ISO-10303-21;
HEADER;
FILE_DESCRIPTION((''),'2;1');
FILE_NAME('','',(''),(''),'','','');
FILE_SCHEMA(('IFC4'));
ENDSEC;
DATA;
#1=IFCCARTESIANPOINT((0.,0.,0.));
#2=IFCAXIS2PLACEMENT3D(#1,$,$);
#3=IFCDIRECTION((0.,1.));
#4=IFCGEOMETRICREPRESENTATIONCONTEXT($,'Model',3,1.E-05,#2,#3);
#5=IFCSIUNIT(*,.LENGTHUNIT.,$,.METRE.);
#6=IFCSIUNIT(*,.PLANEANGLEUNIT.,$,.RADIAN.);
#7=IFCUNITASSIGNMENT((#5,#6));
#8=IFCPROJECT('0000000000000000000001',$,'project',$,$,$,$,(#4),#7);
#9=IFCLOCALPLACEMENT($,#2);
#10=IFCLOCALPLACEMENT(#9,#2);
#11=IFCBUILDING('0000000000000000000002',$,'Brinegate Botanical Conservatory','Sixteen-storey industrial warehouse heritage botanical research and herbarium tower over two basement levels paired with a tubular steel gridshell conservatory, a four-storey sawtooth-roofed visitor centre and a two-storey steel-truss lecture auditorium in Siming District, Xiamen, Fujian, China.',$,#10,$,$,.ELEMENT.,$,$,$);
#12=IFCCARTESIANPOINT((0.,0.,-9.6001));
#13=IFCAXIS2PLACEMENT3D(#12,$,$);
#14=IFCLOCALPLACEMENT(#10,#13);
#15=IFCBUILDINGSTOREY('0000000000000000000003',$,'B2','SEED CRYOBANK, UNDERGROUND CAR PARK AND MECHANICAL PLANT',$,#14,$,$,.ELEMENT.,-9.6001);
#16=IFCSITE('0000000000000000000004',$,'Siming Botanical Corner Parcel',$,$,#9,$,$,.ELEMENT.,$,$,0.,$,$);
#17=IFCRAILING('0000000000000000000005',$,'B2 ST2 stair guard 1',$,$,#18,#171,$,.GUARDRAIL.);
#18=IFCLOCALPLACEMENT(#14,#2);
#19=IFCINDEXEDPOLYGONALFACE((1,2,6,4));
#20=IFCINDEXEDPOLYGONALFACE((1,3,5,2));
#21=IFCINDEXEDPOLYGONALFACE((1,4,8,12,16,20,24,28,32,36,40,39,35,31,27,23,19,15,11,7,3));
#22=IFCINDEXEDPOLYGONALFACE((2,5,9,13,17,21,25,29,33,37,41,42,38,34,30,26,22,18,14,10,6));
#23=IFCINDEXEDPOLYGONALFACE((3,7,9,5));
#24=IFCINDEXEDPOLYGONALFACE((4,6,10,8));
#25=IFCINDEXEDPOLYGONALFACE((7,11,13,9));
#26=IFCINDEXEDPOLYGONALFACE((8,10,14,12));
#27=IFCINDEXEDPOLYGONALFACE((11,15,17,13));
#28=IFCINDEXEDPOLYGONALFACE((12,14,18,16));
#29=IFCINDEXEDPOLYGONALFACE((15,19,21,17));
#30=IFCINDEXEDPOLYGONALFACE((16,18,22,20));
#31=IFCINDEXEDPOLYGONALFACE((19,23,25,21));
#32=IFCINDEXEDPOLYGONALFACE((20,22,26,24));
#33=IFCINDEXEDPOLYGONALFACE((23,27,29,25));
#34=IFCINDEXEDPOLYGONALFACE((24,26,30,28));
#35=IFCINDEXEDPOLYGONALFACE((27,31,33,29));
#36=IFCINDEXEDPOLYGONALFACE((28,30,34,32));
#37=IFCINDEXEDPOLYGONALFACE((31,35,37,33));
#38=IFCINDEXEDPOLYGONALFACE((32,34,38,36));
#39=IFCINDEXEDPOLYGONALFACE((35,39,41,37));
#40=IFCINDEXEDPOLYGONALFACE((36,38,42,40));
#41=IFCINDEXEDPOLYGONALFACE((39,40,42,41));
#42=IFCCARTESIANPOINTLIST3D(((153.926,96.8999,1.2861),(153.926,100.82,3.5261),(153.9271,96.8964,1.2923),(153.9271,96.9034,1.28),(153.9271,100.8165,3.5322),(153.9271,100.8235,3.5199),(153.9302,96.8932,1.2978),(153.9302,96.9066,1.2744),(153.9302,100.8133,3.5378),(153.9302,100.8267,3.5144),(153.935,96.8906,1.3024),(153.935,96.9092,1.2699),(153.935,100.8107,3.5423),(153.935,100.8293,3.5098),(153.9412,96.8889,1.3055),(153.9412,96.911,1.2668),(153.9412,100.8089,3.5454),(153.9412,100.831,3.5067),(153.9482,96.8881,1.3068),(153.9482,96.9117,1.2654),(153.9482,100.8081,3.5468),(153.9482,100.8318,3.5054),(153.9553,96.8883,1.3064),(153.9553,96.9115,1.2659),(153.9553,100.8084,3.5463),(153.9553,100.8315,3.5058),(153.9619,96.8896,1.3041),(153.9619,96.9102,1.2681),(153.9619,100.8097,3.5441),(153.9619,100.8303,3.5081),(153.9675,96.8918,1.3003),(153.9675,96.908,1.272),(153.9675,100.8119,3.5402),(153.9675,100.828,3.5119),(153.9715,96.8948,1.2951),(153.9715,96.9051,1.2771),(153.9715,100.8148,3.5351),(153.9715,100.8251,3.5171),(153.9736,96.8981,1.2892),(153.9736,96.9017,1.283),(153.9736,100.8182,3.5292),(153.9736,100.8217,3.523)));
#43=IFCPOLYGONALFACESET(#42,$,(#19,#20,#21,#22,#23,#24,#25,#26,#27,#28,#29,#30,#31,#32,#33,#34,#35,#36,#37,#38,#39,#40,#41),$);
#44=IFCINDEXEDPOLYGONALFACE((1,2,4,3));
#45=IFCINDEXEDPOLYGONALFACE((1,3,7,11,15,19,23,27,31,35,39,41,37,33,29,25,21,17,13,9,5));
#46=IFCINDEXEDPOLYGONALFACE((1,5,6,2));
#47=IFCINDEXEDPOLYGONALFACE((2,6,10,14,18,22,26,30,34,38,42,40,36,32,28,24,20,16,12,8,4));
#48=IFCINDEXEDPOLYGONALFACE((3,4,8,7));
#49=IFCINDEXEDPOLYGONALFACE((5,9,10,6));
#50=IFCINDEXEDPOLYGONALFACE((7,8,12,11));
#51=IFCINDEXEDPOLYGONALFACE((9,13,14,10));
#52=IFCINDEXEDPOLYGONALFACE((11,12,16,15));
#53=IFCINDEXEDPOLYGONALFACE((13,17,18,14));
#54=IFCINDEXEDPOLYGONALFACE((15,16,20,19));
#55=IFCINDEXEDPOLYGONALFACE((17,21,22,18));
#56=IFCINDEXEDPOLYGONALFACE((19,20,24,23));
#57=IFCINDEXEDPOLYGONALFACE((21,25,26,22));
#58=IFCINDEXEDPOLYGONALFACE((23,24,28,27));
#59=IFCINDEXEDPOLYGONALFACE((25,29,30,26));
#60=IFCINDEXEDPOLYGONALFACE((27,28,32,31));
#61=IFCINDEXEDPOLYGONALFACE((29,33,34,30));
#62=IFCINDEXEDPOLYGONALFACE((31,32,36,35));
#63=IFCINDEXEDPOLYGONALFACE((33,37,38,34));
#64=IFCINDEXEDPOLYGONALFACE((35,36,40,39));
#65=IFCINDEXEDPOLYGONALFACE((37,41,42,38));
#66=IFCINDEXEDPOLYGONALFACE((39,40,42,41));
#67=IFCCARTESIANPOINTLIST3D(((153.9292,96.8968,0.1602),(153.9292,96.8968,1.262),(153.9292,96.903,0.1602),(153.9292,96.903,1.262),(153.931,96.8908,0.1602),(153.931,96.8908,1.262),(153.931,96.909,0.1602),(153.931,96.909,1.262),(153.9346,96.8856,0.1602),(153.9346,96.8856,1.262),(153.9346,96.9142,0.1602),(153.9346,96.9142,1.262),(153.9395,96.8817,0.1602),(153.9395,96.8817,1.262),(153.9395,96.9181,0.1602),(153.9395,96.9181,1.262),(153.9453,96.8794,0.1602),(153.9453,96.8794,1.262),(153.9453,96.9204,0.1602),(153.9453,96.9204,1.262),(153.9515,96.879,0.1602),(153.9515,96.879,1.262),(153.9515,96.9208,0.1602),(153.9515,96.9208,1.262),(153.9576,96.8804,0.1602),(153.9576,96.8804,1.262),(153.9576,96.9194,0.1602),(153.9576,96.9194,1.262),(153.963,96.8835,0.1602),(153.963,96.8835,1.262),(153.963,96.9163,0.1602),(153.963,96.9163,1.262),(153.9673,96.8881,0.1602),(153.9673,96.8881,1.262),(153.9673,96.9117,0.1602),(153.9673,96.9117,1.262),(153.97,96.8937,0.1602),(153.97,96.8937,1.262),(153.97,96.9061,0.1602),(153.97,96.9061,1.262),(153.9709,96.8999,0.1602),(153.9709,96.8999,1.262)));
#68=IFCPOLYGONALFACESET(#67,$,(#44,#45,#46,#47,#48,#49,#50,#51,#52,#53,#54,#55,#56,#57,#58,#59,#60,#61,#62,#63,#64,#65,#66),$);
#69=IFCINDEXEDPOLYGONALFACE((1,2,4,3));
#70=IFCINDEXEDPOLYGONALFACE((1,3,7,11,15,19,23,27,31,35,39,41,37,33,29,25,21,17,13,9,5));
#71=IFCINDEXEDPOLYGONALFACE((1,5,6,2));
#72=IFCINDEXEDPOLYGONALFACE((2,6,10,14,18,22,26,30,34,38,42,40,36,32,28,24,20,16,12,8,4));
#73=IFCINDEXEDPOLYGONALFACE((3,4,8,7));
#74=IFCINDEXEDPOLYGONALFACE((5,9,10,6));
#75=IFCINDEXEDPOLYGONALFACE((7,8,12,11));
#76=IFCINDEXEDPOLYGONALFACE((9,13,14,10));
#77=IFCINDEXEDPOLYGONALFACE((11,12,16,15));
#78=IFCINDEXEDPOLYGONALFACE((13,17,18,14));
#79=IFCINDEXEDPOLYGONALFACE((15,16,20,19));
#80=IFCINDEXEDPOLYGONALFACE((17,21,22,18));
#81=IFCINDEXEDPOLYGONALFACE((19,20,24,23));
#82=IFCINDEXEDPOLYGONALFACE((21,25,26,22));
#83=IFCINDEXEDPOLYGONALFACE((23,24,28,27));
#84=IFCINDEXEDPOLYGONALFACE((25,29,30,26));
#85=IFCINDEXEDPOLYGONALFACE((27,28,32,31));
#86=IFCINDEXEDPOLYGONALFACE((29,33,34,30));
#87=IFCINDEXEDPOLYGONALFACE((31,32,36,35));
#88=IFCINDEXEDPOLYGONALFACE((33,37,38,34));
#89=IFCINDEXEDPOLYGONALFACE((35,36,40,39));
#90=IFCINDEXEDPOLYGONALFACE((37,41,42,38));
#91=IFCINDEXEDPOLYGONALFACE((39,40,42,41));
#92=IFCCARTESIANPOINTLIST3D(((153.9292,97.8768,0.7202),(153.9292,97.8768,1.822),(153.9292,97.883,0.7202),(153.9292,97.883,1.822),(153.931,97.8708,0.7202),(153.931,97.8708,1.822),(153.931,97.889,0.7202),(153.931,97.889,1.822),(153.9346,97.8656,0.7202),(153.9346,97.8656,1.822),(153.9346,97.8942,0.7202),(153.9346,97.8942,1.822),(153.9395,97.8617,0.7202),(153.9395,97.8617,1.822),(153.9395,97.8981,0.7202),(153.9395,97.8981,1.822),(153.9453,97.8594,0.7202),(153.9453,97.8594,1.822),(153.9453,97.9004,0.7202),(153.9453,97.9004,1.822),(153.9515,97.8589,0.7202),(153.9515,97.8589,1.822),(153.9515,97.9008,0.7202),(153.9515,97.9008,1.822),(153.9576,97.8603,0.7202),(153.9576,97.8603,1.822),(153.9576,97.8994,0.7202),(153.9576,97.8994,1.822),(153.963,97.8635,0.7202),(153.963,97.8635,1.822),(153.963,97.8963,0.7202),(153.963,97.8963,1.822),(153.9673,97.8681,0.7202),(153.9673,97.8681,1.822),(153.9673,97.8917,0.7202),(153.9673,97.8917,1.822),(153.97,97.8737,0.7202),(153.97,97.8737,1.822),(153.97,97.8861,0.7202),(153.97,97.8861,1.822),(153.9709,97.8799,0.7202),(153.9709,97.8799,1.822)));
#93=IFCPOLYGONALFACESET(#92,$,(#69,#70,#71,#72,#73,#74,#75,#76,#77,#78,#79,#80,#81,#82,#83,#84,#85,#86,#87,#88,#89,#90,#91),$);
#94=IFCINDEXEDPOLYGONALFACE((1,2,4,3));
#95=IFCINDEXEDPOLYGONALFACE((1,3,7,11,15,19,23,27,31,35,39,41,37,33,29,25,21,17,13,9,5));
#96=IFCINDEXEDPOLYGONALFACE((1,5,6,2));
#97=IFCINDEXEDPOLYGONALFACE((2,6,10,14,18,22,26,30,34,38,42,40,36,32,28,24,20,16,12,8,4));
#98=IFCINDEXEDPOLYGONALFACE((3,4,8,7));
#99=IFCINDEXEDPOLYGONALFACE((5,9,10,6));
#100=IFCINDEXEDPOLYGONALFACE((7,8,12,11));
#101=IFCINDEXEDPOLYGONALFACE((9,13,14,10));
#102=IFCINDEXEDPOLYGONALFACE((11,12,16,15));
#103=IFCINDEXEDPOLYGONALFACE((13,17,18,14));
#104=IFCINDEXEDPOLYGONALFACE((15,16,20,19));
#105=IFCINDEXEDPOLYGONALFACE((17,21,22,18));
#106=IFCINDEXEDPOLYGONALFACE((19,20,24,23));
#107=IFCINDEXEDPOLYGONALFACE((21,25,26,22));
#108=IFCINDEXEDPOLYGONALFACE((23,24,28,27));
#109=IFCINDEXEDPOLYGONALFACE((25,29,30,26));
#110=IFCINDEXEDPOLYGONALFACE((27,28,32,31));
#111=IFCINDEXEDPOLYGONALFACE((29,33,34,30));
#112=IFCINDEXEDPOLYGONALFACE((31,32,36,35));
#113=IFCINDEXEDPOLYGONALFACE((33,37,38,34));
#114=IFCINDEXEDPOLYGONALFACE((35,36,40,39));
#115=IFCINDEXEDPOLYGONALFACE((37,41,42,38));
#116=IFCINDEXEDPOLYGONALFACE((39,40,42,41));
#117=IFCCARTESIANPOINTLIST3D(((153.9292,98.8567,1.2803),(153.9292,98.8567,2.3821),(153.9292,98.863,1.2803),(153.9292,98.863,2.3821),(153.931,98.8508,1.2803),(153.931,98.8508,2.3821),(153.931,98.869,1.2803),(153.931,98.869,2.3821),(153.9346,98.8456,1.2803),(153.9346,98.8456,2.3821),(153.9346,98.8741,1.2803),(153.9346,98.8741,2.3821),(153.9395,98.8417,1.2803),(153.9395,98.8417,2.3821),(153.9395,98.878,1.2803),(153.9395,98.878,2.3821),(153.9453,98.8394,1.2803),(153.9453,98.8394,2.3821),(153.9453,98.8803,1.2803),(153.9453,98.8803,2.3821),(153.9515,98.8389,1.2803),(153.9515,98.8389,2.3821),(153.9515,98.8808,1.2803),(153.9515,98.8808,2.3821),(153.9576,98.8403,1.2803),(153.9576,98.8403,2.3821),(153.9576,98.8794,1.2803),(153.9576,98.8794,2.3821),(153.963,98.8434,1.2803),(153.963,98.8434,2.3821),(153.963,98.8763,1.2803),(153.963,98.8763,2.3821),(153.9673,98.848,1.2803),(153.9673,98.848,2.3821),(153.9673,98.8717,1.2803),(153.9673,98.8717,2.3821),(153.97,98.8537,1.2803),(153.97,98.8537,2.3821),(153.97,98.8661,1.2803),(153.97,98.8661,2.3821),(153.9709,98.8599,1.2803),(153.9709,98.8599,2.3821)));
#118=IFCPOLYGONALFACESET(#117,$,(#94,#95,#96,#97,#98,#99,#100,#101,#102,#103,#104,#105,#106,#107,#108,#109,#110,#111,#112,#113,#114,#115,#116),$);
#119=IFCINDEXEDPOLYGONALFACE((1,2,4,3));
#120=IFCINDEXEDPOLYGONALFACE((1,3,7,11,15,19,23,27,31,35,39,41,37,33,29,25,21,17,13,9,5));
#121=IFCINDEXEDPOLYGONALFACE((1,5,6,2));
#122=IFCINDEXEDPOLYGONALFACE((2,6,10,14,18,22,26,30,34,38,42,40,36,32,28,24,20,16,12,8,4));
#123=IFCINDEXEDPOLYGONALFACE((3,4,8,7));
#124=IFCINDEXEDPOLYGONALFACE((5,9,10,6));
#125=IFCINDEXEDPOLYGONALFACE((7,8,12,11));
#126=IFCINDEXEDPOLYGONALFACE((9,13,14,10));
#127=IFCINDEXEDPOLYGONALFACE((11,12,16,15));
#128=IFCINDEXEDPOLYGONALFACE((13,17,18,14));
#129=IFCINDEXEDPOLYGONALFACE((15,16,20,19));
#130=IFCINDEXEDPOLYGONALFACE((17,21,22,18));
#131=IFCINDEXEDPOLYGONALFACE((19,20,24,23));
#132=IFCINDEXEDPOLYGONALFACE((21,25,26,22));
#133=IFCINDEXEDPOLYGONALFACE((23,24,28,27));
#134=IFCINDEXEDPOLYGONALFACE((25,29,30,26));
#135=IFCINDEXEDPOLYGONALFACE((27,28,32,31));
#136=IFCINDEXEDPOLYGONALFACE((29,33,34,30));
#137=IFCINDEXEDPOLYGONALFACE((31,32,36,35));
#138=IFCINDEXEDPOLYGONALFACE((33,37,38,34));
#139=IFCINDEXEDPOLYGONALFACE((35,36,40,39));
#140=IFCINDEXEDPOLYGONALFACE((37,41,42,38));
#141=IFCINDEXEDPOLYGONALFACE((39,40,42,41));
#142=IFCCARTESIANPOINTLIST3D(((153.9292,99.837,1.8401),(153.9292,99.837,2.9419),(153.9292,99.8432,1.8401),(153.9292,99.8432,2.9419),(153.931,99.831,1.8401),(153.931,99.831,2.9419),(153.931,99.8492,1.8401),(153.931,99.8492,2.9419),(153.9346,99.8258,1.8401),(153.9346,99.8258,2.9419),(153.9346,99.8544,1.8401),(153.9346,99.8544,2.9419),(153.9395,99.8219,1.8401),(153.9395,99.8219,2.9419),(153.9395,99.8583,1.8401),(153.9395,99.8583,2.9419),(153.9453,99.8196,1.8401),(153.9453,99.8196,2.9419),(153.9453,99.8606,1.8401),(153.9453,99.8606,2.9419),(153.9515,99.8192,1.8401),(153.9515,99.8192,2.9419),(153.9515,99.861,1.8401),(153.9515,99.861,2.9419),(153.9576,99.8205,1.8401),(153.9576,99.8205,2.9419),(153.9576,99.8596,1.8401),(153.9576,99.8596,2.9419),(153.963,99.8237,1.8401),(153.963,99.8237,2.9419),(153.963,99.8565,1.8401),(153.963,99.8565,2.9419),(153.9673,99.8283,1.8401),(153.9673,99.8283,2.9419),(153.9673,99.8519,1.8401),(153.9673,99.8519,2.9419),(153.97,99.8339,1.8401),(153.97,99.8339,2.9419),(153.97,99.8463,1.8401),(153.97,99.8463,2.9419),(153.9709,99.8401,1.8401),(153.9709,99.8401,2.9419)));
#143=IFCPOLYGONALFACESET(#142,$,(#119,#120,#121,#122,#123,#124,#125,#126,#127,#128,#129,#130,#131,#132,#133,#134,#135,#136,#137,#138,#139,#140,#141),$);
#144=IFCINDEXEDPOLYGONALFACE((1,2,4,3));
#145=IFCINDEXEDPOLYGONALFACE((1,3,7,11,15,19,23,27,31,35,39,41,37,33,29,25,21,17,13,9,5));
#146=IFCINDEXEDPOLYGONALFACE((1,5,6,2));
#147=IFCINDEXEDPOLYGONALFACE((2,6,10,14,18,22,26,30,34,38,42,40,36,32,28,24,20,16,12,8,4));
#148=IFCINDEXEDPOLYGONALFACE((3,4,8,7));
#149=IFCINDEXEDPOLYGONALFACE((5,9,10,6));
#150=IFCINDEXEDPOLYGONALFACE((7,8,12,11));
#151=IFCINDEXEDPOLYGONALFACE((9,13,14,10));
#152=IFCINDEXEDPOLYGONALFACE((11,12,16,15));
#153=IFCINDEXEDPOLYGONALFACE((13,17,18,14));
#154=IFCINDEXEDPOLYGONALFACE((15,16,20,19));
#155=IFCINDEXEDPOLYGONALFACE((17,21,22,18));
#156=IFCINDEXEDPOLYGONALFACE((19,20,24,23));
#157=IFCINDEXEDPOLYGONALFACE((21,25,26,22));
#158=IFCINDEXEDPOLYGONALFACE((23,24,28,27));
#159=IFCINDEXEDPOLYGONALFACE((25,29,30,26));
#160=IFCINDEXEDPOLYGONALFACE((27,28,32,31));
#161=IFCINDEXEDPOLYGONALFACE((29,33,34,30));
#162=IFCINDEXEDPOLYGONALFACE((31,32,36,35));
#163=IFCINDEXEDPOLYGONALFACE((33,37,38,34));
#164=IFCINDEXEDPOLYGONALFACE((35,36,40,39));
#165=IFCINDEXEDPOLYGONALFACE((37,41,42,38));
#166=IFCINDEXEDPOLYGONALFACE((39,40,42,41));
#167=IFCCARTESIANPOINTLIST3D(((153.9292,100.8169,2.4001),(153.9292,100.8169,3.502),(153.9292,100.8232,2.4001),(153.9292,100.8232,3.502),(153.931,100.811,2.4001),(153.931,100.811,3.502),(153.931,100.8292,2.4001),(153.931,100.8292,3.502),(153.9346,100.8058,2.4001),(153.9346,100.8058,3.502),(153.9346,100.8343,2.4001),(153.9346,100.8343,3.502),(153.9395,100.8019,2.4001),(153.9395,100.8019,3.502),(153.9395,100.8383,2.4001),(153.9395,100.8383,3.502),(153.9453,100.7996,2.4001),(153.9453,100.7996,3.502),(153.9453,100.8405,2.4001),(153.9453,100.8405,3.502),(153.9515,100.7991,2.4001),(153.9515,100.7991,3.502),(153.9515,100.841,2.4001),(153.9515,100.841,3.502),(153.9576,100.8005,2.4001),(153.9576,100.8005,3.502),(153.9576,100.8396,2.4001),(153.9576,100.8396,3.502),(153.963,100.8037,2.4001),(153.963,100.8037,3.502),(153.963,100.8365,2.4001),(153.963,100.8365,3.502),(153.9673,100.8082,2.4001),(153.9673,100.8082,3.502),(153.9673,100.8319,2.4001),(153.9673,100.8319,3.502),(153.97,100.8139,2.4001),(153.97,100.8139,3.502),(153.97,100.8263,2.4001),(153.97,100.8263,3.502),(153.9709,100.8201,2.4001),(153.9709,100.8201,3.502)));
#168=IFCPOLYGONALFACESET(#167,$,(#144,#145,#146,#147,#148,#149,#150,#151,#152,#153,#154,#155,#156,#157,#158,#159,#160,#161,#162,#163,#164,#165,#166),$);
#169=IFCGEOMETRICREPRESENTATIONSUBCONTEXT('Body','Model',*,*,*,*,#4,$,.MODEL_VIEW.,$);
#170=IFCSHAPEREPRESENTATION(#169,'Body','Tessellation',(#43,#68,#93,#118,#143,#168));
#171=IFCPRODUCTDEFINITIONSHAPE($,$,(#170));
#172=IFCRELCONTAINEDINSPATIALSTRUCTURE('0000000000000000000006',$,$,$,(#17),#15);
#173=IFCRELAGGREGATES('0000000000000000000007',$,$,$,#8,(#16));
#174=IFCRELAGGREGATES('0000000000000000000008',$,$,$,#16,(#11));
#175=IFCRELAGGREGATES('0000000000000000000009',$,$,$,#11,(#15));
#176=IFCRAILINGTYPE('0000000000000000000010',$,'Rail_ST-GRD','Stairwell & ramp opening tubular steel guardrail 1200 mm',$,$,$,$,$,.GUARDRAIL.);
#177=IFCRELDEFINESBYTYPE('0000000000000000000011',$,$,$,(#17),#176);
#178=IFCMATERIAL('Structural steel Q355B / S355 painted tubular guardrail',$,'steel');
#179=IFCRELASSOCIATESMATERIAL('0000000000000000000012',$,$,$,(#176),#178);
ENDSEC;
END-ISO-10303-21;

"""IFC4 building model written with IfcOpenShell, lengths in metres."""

from ifc_helpers import new_model, si_unit, direction, frame, origin, origin_2d, place, context, subcontext, project, spatial, circle, extrude, material, type_object, element, save


model = new_model("IFC4")

# Units and contexts
model_context = context("Model", 3, precision=1e-05, world=origin(), true_north=direction((0.0, 1.0)))
body_context = subcontext(model_context, "Body", "Model", "MODEL_VIEW")
ifc_project = project(units=[si_unit("LENGTHUNIT", "METRE"), si_unit("PLANEANGLEUNIT", "RADIAN")], contexts=[model_context])

# Site, building, storey
site_placement = place(None, origin())
site = spatial("IfcSite", under=ifc_project, at=site_placement, Name="Siming Botanical Corner Parcel", CompositionType="ELEMENT", RefElevation=0.0)
building_placement = place(site_placement, origin())
building = spatial("IfcBuilding", under=site, at=building_placement, Name="Brinegate Botanical Conservatory", Description="Sixteen-storey industrial warehouse heritage botanical research and herbarium tower over two basement levels paired with a tubular steel gridshell conservatory, a four-storey sawtooth-roofed visitor centre and a two-storey steel-truss lecture auditorium in Siming District, Xiamen, Fujian, China.", CompositionType="ELEMENT")
storey_placement = place(building_placement, frame((0.0, 0.0, -9.6001)))
storey = spatial("IfcBuildingStorey", under=building, at=storey_placement, Name="B2", Description="SEED CRYOBANK, UNDERGROUND CAR PARK AND MECHANICAL PLANT", CompositionType="ELEMENT", Elevation=-9.6001)

# Railing
ifc_material_1 = material(Name="Structural steel Q355B / S355 painted tubular guardrail", Category="steel")
railing_type_1 = type_object("IfcRailingType", Name="Rail_ST-GRD", Description="Stairwell & ramp opening tubular steel guardrail 1200 mm", PredefinedType="GUARDRAIL", material=ifc_material_1)
railing_1_placement = place(storey_placement, frame((153.95, 96.8999, 0.1602)))
element("IfcRailing", 1, at=railing_1_placement, inside=storey, type_object=railing_type_1, Name="B2 ST2 stair guard 1", PredefinedType="GUARDRAIL", context=body_context, shape_type="SweptSolid", body=[
    extrude(circle(Radius=0.0239, at=origin_2d()), frame((0.0, 0.0, 1.126), z_axis=(0.0, 0.868253, 0.496121), x_axis=(-1.0, 0.0, 0.0)), (0.0, 0.0, 1.0), 4.5149),
    extrude(circle(Radius=0.021, at=origin_2d()), origin(), (0.0, 0.0, 1.0), 1.1018),
    extrude(circle(Radius=0.021, at=origin_2d()), frame((0.0, 0.98, 0.5601)), (0.0, 0.0, 1.0), 1.1018),
    extrude(circle(Radius=0.021, at=origin_2d()), frame((0.0, 1.96, 1.1201)), (0.0, 0.0, 1.0), 1.1018),
    extrude(circle(Radius=0.021, at=origin_2d()), frame((0.0, 2.9402, 1.6799)), (0.0, 0.0, 1.0), 1.1018),
    extrude(circle(Radius=0.021, at=origin_2d()), frame((0.0, 3.9202, 2.24)), (0.0, 0.0, 1.0), 1.1018),
])

save(model, "model.ifc")
